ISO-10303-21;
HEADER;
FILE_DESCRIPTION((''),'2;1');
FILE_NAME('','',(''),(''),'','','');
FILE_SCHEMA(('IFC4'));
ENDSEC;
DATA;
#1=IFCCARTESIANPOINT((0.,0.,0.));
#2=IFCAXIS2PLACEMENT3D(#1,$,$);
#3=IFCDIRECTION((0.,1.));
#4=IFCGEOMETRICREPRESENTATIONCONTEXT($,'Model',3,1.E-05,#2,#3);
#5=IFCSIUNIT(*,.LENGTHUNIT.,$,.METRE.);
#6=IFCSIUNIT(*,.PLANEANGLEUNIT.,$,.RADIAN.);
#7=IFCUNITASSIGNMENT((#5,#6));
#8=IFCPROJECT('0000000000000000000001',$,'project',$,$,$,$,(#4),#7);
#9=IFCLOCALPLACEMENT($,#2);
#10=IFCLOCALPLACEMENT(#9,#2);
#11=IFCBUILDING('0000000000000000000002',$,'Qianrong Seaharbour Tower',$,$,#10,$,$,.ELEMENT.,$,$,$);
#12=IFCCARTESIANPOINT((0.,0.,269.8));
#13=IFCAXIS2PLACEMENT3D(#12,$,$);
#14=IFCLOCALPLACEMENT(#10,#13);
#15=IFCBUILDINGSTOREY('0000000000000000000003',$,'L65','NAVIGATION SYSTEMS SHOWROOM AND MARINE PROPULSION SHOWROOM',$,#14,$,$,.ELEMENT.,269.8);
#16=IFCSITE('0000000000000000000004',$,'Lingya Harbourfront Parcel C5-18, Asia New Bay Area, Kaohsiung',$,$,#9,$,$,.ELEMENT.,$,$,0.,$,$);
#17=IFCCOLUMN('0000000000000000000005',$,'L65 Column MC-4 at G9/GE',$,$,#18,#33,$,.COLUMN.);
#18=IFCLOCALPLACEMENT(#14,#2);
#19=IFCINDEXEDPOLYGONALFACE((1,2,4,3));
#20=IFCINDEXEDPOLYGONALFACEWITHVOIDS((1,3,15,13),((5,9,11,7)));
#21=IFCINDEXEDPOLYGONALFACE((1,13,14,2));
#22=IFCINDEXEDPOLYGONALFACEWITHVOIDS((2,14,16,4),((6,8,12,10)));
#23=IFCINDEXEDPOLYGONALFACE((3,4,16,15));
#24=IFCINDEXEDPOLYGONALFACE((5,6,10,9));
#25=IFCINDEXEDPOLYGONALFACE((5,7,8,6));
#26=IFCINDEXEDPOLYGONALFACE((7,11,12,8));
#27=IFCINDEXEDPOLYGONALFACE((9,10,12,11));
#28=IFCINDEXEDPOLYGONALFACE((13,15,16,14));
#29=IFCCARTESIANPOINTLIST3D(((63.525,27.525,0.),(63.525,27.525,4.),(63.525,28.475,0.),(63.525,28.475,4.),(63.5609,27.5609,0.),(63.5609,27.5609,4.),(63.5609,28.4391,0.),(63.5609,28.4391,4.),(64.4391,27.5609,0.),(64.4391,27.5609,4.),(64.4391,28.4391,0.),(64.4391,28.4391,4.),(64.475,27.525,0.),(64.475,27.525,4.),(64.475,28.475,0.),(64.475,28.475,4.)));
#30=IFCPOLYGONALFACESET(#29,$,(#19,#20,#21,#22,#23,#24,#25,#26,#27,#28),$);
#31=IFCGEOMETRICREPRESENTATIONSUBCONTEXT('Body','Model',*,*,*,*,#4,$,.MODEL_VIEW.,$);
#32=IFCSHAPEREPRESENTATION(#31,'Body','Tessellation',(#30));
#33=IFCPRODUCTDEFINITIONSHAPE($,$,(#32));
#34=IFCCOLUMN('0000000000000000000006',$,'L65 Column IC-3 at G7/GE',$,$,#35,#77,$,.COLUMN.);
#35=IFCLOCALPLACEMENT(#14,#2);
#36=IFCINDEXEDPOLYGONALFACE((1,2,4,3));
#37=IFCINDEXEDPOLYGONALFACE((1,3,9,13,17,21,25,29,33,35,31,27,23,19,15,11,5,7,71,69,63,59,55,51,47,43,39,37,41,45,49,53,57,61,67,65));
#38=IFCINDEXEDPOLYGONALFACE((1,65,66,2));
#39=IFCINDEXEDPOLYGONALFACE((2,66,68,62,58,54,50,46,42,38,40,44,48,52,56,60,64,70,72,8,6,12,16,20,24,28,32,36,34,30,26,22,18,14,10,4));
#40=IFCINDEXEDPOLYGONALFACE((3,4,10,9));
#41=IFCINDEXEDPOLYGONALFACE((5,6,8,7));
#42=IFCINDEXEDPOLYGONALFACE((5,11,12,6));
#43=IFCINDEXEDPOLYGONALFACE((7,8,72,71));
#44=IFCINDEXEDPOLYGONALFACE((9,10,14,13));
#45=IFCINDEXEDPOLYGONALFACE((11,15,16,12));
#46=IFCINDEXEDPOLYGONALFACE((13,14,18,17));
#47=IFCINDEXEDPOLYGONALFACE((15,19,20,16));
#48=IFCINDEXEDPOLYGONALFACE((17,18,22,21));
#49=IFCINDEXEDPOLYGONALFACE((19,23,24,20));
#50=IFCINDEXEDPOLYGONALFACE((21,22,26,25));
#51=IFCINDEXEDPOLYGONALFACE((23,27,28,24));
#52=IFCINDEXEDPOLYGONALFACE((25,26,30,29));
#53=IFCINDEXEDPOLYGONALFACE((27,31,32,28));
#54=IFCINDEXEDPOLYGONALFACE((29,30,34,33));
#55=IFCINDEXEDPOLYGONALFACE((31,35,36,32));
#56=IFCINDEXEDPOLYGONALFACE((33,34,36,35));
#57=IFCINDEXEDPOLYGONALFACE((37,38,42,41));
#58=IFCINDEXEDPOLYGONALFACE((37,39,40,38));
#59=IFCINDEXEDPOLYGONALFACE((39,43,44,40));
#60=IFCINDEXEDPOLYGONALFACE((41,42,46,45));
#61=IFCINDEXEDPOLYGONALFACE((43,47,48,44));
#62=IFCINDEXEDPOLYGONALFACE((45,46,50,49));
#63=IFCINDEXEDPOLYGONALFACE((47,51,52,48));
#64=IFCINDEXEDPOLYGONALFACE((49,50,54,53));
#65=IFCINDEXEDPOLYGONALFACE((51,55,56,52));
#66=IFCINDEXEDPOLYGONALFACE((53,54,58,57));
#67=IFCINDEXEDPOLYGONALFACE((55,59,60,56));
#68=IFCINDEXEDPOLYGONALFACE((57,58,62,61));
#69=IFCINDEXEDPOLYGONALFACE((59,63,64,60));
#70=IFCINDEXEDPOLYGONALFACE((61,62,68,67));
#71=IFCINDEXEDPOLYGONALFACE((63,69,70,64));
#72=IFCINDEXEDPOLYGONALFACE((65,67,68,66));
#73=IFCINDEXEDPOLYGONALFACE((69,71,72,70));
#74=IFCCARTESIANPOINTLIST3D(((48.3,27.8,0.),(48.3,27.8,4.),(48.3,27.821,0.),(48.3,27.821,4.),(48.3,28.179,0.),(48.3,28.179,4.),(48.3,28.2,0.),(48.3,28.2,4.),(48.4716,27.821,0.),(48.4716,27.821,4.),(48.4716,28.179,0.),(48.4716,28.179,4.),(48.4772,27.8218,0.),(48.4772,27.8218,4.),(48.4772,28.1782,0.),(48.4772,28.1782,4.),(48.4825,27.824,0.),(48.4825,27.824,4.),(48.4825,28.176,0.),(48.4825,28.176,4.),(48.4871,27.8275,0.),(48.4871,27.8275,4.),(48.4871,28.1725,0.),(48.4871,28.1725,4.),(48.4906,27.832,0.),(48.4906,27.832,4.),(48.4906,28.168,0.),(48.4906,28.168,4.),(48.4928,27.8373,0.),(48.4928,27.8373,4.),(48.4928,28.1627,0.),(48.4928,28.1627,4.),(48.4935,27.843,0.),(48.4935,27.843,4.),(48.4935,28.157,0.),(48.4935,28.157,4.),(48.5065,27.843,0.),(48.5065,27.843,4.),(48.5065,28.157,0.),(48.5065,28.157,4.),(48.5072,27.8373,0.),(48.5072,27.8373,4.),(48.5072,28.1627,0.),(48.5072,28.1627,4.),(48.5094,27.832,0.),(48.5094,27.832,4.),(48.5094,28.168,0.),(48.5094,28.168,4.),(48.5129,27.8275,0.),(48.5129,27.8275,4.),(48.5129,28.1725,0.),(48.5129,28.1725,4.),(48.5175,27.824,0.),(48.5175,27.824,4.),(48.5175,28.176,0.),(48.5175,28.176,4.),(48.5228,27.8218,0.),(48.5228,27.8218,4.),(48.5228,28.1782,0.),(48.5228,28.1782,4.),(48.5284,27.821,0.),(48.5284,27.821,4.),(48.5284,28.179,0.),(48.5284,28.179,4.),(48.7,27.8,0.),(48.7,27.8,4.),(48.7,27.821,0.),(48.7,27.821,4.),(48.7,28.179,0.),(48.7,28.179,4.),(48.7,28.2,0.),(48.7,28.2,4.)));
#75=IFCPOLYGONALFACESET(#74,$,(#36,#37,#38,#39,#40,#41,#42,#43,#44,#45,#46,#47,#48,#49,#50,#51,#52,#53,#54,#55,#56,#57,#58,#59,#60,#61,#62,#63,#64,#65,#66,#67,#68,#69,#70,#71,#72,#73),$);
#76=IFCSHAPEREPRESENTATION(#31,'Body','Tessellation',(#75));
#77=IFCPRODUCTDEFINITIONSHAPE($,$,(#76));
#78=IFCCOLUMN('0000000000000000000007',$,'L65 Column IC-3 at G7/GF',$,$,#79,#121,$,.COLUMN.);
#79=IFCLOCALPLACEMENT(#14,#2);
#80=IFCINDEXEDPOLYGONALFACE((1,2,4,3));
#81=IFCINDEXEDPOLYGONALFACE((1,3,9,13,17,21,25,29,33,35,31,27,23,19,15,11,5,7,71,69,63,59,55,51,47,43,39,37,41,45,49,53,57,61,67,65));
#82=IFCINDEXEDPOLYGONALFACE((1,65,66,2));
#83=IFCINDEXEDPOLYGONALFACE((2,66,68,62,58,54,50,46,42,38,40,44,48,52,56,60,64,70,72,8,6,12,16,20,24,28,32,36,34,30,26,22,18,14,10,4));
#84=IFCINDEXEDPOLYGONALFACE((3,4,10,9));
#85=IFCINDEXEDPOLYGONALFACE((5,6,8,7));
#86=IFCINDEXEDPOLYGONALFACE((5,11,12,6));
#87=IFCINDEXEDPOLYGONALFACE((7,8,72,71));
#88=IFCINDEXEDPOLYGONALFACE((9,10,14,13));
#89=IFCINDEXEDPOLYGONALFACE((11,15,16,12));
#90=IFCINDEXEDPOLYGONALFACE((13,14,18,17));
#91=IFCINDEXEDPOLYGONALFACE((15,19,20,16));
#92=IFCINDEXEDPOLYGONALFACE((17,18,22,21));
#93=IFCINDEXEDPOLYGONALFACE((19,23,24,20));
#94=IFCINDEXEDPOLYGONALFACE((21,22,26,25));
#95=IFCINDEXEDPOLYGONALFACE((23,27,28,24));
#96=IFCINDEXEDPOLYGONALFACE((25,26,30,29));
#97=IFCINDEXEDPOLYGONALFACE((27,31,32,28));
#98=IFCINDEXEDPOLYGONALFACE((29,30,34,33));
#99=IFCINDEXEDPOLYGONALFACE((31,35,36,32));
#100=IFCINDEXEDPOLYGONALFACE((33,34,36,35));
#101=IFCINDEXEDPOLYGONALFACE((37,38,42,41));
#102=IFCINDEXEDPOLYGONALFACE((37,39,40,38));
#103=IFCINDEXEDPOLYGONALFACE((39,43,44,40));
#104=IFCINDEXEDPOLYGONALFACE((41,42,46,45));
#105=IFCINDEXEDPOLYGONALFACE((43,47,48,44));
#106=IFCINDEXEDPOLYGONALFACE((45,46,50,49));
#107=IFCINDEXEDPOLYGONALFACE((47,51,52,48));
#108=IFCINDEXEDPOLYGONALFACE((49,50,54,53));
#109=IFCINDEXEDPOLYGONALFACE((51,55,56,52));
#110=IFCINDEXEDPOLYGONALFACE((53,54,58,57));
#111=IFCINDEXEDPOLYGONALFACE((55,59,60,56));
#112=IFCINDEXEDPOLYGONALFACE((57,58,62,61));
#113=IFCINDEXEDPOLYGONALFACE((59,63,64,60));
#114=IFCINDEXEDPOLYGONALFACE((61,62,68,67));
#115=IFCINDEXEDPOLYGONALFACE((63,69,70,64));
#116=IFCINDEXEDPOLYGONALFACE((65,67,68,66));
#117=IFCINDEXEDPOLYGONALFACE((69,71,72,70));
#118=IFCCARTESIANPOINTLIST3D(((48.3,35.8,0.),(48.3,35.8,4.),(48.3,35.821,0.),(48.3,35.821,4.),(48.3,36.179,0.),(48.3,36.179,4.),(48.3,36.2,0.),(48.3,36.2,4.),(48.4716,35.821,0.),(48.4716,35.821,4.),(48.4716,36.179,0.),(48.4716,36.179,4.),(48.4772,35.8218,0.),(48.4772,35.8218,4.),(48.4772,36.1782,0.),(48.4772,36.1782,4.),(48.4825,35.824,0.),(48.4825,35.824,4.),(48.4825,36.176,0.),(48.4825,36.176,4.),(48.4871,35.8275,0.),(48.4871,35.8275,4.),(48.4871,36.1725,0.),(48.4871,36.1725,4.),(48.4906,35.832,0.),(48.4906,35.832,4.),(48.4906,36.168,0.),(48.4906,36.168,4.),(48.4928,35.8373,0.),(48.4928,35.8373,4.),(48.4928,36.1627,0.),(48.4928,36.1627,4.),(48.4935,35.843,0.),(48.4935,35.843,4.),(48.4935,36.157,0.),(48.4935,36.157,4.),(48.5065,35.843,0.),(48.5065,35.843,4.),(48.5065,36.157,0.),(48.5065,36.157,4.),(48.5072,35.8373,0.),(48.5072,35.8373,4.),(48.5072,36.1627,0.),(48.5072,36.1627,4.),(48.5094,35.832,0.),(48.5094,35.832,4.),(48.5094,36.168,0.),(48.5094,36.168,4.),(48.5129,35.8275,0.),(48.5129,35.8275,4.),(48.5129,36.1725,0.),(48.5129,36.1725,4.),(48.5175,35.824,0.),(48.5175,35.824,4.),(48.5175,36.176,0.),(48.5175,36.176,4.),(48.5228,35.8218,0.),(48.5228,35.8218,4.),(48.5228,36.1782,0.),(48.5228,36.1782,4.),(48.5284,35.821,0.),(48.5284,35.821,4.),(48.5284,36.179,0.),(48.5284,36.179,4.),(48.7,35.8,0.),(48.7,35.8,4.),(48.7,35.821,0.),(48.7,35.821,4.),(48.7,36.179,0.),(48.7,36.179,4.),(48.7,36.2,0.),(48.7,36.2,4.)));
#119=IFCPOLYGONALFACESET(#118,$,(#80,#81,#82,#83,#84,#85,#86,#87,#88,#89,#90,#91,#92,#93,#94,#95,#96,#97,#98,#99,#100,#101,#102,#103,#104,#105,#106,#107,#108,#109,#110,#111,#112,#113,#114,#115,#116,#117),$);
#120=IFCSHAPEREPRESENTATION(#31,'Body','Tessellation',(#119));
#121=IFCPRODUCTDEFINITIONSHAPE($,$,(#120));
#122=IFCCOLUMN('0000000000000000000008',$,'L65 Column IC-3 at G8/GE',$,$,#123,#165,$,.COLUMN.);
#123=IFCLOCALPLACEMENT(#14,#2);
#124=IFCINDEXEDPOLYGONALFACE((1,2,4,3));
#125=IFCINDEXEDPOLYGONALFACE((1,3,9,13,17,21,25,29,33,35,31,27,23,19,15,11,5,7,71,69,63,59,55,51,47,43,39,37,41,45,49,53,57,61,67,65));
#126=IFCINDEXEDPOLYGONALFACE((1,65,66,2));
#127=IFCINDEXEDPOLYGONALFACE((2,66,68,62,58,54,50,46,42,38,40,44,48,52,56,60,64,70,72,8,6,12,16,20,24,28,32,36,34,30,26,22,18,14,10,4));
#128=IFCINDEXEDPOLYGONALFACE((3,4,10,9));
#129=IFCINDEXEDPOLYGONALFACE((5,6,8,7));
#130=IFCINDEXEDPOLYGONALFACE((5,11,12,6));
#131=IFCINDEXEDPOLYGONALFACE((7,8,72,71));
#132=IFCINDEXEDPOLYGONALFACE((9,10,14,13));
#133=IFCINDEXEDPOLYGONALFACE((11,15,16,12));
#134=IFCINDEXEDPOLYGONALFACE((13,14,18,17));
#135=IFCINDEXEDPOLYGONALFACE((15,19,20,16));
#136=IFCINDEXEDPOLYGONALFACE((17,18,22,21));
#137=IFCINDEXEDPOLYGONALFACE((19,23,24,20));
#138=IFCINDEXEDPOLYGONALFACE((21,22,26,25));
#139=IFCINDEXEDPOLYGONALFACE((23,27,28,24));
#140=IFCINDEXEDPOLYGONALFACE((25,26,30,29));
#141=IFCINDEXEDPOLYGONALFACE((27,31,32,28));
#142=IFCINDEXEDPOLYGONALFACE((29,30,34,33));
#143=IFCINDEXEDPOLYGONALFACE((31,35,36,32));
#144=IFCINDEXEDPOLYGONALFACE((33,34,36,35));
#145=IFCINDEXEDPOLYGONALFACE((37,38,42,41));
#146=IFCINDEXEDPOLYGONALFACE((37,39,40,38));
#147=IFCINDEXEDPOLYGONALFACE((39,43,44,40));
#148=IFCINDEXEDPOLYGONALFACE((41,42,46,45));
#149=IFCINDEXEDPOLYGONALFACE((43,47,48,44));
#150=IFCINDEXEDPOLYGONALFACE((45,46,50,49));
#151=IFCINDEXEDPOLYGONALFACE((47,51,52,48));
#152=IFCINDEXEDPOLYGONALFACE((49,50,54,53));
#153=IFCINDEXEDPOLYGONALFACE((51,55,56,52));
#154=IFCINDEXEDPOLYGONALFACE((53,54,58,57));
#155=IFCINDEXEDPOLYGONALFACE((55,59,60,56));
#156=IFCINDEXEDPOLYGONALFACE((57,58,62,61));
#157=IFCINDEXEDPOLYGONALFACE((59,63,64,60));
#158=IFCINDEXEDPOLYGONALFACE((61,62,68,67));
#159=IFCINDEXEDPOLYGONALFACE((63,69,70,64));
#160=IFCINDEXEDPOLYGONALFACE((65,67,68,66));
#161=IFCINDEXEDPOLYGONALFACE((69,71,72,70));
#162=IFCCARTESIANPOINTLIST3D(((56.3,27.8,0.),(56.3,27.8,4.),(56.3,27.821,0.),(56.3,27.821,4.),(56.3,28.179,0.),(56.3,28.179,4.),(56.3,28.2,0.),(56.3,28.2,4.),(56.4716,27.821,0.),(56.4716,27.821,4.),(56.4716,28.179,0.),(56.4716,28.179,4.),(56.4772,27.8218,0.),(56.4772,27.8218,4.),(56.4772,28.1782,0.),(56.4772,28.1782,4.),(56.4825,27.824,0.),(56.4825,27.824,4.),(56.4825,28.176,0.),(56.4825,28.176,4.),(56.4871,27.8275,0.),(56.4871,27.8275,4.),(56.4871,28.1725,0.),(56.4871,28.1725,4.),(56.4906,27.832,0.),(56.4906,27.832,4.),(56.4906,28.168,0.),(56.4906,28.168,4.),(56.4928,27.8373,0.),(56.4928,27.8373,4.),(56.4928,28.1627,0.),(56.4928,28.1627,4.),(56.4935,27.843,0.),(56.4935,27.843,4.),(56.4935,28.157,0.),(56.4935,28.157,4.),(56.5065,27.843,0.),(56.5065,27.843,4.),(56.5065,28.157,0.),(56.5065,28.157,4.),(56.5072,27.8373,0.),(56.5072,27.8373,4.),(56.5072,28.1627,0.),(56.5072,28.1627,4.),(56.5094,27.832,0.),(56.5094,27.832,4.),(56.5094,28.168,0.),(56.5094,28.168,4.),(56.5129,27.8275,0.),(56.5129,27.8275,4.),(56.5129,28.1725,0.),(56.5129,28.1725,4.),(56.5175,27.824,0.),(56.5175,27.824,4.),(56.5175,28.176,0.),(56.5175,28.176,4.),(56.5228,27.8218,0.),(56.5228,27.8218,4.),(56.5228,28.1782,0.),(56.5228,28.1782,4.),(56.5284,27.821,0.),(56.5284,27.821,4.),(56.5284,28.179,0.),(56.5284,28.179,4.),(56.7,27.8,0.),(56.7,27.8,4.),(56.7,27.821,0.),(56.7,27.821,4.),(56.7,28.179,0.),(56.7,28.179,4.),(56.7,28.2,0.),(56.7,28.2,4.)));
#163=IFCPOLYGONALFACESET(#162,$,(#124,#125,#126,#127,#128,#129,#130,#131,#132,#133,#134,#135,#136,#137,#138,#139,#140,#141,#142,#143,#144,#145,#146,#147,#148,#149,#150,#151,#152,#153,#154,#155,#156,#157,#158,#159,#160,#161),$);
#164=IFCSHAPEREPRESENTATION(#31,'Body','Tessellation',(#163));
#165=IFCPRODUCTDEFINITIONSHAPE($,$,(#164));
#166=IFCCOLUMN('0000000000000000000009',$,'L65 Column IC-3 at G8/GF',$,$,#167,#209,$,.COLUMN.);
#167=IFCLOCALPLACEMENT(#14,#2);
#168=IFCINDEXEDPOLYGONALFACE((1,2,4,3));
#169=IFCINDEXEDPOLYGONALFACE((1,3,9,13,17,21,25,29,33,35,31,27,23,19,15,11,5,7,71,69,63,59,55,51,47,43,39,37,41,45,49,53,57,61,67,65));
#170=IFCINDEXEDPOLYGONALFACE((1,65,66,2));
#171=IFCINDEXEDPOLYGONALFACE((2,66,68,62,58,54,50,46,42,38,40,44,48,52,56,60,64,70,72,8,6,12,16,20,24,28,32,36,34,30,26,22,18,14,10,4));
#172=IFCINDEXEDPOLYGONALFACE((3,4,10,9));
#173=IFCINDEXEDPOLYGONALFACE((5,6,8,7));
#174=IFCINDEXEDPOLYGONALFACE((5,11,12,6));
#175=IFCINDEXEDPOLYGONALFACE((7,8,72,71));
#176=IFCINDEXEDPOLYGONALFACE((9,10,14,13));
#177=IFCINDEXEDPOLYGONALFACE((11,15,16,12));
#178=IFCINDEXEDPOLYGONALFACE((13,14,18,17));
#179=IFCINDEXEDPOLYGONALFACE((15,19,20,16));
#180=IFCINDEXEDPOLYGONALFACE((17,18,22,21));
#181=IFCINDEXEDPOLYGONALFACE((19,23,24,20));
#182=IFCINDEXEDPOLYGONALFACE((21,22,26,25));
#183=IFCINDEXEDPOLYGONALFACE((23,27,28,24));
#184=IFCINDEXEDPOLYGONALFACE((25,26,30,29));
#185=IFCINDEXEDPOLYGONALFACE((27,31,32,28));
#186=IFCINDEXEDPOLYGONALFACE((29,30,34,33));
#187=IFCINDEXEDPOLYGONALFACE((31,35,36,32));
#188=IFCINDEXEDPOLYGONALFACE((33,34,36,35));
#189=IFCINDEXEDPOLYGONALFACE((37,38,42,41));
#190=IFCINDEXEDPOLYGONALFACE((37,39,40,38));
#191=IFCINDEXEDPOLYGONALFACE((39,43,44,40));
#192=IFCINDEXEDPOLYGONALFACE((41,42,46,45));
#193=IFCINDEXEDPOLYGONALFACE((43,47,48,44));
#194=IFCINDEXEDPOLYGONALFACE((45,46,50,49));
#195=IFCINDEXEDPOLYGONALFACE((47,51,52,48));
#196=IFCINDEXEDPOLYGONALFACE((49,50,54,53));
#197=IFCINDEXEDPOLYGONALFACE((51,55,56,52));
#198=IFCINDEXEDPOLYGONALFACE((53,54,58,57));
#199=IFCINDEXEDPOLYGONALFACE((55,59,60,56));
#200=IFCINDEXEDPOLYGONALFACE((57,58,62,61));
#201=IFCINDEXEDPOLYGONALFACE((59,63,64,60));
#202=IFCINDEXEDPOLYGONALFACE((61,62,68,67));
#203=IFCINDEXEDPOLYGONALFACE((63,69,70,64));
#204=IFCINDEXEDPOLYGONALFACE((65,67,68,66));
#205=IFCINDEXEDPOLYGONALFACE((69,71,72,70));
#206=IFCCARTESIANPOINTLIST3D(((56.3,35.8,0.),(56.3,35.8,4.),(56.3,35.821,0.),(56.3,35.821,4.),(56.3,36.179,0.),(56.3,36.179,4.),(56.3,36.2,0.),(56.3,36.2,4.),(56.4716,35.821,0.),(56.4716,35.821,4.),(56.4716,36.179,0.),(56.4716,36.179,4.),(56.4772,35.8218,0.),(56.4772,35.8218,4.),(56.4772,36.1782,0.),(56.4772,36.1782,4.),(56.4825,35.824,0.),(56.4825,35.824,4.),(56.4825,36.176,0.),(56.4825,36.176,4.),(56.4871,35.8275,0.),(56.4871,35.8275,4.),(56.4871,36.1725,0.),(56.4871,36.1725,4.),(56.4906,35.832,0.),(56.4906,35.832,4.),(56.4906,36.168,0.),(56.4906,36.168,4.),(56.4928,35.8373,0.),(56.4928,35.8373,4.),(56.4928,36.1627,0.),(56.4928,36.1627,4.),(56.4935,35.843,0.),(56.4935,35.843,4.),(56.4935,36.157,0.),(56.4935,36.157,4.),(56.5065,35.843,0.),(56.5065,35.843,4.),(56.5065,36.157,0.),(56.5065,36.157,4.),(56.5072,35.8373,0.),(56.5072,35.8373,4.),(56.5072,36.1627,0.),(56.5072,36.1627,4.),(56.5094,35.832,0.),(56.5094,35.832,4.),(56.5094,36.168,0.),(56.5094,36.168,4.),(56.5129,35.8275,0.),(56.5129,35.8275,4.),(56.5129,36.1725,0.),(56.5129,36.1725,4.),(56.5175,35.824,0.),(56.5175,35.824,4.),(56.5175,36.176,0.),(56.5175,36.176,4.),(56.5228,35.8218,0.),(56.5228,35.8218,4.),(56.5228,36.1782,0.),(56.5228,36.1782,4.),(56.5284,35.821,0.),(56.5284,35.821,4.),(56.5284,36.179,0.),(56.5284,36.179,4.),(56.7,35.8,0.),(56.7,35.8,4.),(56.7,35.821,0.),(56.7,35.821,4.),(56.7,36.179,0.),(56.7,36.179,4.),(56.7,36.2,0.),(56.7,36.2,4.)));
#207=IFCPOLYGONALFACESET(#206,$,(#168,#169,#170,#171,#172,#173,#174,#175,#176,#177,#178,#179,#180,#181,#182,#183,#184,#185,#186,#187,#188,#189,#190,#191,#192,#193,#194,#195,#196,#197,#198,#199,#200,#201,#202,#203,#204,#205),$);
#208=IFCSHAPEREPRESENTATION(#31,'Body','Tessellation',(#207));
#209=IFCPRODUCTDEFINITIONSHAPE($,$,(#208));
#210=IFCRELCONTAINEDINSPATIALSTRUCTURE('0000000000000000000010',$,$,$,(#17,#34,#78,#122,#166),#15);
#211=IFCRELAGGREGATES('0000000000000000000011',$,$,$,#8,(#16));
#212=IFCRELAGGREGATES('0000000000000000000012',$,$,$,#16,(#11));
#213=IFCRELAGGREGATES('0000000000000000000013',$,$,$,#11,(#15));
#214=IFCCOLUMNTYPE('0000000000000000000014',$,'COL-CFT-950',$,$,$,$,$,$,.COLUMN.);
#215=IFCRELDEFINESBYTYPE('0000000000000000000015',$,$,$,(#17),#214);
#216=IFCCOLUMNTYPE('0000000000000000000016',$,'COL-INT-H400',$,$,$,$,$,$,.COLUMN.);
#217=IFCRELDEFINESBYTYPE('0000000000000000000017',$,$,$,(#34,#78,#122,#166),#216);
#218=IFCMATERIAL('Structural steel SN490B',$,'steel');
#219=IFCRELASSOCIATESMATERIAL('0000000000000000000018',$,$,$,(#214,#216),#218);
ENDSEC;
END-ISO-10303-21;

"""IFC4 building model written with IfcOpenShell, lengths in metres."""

from ifc_helpers import new_model, si_unit, direction, frame, origin, origin_2d, place, context, subcontext, project, spatial, hollow_rectangle, i_section, extrude, material, material_profile, profile_set, type_object, element, save


model = new_model("IFC4")

# Units and contexts
model_context = context("Model", 3, precision=1e-05, world=origin(), true_north=direction((0.0, 1.0)))
body_context = subcontext(model_context, "Body", "Model", "MODEL_VIEW")
ifc_project = project(units=[si_unit("LENGTHUNIT", "METRE"), si_unit("PLANEANGLEUNIT", "RADIAN")], contexts=[model_context])

# Site, building, storey
site_placement = place(None, origin())
site = spatial("IfcSite", under=ifc_project, at=site_placement, Name="Lingya Harbourfront Parcel C5-18, Asia New Bay Area, Kaohsiung", CompositionType="ELEMENT", RefElevation=0.0)
building_placement = place(site_placement, origin())
building = spatial("IfcBuilding", under=site, at=building_placement, Name="Qianrong Seaharbour Tower", CompositionType="ELEMENT")
storey_placement = place(building_placement, frame((0.0, 0.0, 269.8)))
storey = spatial("IfcBuildingStorey", under=building, at=storey_placement, Name="L65", Description="NAVIGATION SYSTEMS SHOWROOM AND MARINE PROPULSION SHOWROOM", CompositionType="ELEMENT", Elevation=269.8)

# Columns
ifc_material_1 = material(Name="Structural steel SN490B", Category="steel")
ifc_material_profile_1 = material_profile(ifc_material_1, hollow_rectangle(XDim=0.95, YDim=0.95, WallThickness=0.0359, at=origin_2d()), Name="BOX950x950x36")
ifc_profile_set_1 = profile_set([ifc_material_profile_1], Name="Structural steel SN490B")
column_type_1 = type_object("IfcColumnType", Name="COL-CFT-950", PredefinedType="COLUMN", material=ifc_profile_set_1)
column_placement = place(storey_placement, frame((64.0, 28.0, 0.0), z_axis=(0.0, 0.0, 1.0), x_axis=(1.0, 0.0, 0.0)))
element("IfcColumn", 1, at=column_placement, inside=storey, type_object=column_type_1, Name="L65 Column MC-4 at G9/GE", PredefinedType="COLUMN", context=body_context, shape_type="SweptSolid", body=[
    extrude(hollow_rectangle(XDim=0.95, YDim=0.95, WallThickness=0.0359, at=origin_2d()), origin(), (0.0, 0.0, 1.0), 4.0),
])
ifc_material_profile_2 = material_profile(ifc_material_1, i_section(OverallWidth=0.3999, OverallDepth=0.3999, WebThickness=0.0129, FlangeThickness=0.021, FilletRadius=0.022, at=origin_2d()), Name="H400x400x13x21")
ifc_profile_set_2 = profile_set([ifc_material_profile_2], Name="Structural steel SN490B")
column_type_2 = type_object("IfcColumnType", Name="COL-INT-H400", PredefinedType="COLUMN", material=ifc_profile_set_2)
for number, where, z_axis, x_axis, name in (
    (2, (48.5, 28.0, 0.0), (0.0, 0.0, 1.0), (1.0, 0.0, 0.0), "L65 Column IC-3 at G7/GE"),
    (3, (48.5, 36.0, 0.0), (0.0, 0.0, 1.0), (1.0, 0.0, 0.0), "L65 Column IC-3 at G7/GF"),
    (4, (56.5, 28.0, 0.0), (0.0, 0.0, 1.0), (1.0, 0.0, 0.0), "L65 Column IC-3 at G8/GE"),
    (5, (56.5, 36.0, 0.0), (0.0, 0.0, 1.0), (1.0, 0.0, 0.0), "L65 Column IC-3 at G8/GF"),
):
    element("IfcColumn", number, at=place(storey_placement, frame(where, z_axis=z_axis, x_axis=x_axis)), inside=storey, type_object=column_type_2, Name=name, PredefinedType="COLUMN", context=body_context, shape_type="SweptSolid", body=[
        extrude(i_section(OverallWidth=0.3999, OverallDepth=0.3999, WebThickness=0.0129, FlangeThickness=0.021, FilletRadius=0.022, at=origin_2d()), origin(), (0.0, 0.0, 1.0), 4.0),
    ])

save(model, "model.ifc")
